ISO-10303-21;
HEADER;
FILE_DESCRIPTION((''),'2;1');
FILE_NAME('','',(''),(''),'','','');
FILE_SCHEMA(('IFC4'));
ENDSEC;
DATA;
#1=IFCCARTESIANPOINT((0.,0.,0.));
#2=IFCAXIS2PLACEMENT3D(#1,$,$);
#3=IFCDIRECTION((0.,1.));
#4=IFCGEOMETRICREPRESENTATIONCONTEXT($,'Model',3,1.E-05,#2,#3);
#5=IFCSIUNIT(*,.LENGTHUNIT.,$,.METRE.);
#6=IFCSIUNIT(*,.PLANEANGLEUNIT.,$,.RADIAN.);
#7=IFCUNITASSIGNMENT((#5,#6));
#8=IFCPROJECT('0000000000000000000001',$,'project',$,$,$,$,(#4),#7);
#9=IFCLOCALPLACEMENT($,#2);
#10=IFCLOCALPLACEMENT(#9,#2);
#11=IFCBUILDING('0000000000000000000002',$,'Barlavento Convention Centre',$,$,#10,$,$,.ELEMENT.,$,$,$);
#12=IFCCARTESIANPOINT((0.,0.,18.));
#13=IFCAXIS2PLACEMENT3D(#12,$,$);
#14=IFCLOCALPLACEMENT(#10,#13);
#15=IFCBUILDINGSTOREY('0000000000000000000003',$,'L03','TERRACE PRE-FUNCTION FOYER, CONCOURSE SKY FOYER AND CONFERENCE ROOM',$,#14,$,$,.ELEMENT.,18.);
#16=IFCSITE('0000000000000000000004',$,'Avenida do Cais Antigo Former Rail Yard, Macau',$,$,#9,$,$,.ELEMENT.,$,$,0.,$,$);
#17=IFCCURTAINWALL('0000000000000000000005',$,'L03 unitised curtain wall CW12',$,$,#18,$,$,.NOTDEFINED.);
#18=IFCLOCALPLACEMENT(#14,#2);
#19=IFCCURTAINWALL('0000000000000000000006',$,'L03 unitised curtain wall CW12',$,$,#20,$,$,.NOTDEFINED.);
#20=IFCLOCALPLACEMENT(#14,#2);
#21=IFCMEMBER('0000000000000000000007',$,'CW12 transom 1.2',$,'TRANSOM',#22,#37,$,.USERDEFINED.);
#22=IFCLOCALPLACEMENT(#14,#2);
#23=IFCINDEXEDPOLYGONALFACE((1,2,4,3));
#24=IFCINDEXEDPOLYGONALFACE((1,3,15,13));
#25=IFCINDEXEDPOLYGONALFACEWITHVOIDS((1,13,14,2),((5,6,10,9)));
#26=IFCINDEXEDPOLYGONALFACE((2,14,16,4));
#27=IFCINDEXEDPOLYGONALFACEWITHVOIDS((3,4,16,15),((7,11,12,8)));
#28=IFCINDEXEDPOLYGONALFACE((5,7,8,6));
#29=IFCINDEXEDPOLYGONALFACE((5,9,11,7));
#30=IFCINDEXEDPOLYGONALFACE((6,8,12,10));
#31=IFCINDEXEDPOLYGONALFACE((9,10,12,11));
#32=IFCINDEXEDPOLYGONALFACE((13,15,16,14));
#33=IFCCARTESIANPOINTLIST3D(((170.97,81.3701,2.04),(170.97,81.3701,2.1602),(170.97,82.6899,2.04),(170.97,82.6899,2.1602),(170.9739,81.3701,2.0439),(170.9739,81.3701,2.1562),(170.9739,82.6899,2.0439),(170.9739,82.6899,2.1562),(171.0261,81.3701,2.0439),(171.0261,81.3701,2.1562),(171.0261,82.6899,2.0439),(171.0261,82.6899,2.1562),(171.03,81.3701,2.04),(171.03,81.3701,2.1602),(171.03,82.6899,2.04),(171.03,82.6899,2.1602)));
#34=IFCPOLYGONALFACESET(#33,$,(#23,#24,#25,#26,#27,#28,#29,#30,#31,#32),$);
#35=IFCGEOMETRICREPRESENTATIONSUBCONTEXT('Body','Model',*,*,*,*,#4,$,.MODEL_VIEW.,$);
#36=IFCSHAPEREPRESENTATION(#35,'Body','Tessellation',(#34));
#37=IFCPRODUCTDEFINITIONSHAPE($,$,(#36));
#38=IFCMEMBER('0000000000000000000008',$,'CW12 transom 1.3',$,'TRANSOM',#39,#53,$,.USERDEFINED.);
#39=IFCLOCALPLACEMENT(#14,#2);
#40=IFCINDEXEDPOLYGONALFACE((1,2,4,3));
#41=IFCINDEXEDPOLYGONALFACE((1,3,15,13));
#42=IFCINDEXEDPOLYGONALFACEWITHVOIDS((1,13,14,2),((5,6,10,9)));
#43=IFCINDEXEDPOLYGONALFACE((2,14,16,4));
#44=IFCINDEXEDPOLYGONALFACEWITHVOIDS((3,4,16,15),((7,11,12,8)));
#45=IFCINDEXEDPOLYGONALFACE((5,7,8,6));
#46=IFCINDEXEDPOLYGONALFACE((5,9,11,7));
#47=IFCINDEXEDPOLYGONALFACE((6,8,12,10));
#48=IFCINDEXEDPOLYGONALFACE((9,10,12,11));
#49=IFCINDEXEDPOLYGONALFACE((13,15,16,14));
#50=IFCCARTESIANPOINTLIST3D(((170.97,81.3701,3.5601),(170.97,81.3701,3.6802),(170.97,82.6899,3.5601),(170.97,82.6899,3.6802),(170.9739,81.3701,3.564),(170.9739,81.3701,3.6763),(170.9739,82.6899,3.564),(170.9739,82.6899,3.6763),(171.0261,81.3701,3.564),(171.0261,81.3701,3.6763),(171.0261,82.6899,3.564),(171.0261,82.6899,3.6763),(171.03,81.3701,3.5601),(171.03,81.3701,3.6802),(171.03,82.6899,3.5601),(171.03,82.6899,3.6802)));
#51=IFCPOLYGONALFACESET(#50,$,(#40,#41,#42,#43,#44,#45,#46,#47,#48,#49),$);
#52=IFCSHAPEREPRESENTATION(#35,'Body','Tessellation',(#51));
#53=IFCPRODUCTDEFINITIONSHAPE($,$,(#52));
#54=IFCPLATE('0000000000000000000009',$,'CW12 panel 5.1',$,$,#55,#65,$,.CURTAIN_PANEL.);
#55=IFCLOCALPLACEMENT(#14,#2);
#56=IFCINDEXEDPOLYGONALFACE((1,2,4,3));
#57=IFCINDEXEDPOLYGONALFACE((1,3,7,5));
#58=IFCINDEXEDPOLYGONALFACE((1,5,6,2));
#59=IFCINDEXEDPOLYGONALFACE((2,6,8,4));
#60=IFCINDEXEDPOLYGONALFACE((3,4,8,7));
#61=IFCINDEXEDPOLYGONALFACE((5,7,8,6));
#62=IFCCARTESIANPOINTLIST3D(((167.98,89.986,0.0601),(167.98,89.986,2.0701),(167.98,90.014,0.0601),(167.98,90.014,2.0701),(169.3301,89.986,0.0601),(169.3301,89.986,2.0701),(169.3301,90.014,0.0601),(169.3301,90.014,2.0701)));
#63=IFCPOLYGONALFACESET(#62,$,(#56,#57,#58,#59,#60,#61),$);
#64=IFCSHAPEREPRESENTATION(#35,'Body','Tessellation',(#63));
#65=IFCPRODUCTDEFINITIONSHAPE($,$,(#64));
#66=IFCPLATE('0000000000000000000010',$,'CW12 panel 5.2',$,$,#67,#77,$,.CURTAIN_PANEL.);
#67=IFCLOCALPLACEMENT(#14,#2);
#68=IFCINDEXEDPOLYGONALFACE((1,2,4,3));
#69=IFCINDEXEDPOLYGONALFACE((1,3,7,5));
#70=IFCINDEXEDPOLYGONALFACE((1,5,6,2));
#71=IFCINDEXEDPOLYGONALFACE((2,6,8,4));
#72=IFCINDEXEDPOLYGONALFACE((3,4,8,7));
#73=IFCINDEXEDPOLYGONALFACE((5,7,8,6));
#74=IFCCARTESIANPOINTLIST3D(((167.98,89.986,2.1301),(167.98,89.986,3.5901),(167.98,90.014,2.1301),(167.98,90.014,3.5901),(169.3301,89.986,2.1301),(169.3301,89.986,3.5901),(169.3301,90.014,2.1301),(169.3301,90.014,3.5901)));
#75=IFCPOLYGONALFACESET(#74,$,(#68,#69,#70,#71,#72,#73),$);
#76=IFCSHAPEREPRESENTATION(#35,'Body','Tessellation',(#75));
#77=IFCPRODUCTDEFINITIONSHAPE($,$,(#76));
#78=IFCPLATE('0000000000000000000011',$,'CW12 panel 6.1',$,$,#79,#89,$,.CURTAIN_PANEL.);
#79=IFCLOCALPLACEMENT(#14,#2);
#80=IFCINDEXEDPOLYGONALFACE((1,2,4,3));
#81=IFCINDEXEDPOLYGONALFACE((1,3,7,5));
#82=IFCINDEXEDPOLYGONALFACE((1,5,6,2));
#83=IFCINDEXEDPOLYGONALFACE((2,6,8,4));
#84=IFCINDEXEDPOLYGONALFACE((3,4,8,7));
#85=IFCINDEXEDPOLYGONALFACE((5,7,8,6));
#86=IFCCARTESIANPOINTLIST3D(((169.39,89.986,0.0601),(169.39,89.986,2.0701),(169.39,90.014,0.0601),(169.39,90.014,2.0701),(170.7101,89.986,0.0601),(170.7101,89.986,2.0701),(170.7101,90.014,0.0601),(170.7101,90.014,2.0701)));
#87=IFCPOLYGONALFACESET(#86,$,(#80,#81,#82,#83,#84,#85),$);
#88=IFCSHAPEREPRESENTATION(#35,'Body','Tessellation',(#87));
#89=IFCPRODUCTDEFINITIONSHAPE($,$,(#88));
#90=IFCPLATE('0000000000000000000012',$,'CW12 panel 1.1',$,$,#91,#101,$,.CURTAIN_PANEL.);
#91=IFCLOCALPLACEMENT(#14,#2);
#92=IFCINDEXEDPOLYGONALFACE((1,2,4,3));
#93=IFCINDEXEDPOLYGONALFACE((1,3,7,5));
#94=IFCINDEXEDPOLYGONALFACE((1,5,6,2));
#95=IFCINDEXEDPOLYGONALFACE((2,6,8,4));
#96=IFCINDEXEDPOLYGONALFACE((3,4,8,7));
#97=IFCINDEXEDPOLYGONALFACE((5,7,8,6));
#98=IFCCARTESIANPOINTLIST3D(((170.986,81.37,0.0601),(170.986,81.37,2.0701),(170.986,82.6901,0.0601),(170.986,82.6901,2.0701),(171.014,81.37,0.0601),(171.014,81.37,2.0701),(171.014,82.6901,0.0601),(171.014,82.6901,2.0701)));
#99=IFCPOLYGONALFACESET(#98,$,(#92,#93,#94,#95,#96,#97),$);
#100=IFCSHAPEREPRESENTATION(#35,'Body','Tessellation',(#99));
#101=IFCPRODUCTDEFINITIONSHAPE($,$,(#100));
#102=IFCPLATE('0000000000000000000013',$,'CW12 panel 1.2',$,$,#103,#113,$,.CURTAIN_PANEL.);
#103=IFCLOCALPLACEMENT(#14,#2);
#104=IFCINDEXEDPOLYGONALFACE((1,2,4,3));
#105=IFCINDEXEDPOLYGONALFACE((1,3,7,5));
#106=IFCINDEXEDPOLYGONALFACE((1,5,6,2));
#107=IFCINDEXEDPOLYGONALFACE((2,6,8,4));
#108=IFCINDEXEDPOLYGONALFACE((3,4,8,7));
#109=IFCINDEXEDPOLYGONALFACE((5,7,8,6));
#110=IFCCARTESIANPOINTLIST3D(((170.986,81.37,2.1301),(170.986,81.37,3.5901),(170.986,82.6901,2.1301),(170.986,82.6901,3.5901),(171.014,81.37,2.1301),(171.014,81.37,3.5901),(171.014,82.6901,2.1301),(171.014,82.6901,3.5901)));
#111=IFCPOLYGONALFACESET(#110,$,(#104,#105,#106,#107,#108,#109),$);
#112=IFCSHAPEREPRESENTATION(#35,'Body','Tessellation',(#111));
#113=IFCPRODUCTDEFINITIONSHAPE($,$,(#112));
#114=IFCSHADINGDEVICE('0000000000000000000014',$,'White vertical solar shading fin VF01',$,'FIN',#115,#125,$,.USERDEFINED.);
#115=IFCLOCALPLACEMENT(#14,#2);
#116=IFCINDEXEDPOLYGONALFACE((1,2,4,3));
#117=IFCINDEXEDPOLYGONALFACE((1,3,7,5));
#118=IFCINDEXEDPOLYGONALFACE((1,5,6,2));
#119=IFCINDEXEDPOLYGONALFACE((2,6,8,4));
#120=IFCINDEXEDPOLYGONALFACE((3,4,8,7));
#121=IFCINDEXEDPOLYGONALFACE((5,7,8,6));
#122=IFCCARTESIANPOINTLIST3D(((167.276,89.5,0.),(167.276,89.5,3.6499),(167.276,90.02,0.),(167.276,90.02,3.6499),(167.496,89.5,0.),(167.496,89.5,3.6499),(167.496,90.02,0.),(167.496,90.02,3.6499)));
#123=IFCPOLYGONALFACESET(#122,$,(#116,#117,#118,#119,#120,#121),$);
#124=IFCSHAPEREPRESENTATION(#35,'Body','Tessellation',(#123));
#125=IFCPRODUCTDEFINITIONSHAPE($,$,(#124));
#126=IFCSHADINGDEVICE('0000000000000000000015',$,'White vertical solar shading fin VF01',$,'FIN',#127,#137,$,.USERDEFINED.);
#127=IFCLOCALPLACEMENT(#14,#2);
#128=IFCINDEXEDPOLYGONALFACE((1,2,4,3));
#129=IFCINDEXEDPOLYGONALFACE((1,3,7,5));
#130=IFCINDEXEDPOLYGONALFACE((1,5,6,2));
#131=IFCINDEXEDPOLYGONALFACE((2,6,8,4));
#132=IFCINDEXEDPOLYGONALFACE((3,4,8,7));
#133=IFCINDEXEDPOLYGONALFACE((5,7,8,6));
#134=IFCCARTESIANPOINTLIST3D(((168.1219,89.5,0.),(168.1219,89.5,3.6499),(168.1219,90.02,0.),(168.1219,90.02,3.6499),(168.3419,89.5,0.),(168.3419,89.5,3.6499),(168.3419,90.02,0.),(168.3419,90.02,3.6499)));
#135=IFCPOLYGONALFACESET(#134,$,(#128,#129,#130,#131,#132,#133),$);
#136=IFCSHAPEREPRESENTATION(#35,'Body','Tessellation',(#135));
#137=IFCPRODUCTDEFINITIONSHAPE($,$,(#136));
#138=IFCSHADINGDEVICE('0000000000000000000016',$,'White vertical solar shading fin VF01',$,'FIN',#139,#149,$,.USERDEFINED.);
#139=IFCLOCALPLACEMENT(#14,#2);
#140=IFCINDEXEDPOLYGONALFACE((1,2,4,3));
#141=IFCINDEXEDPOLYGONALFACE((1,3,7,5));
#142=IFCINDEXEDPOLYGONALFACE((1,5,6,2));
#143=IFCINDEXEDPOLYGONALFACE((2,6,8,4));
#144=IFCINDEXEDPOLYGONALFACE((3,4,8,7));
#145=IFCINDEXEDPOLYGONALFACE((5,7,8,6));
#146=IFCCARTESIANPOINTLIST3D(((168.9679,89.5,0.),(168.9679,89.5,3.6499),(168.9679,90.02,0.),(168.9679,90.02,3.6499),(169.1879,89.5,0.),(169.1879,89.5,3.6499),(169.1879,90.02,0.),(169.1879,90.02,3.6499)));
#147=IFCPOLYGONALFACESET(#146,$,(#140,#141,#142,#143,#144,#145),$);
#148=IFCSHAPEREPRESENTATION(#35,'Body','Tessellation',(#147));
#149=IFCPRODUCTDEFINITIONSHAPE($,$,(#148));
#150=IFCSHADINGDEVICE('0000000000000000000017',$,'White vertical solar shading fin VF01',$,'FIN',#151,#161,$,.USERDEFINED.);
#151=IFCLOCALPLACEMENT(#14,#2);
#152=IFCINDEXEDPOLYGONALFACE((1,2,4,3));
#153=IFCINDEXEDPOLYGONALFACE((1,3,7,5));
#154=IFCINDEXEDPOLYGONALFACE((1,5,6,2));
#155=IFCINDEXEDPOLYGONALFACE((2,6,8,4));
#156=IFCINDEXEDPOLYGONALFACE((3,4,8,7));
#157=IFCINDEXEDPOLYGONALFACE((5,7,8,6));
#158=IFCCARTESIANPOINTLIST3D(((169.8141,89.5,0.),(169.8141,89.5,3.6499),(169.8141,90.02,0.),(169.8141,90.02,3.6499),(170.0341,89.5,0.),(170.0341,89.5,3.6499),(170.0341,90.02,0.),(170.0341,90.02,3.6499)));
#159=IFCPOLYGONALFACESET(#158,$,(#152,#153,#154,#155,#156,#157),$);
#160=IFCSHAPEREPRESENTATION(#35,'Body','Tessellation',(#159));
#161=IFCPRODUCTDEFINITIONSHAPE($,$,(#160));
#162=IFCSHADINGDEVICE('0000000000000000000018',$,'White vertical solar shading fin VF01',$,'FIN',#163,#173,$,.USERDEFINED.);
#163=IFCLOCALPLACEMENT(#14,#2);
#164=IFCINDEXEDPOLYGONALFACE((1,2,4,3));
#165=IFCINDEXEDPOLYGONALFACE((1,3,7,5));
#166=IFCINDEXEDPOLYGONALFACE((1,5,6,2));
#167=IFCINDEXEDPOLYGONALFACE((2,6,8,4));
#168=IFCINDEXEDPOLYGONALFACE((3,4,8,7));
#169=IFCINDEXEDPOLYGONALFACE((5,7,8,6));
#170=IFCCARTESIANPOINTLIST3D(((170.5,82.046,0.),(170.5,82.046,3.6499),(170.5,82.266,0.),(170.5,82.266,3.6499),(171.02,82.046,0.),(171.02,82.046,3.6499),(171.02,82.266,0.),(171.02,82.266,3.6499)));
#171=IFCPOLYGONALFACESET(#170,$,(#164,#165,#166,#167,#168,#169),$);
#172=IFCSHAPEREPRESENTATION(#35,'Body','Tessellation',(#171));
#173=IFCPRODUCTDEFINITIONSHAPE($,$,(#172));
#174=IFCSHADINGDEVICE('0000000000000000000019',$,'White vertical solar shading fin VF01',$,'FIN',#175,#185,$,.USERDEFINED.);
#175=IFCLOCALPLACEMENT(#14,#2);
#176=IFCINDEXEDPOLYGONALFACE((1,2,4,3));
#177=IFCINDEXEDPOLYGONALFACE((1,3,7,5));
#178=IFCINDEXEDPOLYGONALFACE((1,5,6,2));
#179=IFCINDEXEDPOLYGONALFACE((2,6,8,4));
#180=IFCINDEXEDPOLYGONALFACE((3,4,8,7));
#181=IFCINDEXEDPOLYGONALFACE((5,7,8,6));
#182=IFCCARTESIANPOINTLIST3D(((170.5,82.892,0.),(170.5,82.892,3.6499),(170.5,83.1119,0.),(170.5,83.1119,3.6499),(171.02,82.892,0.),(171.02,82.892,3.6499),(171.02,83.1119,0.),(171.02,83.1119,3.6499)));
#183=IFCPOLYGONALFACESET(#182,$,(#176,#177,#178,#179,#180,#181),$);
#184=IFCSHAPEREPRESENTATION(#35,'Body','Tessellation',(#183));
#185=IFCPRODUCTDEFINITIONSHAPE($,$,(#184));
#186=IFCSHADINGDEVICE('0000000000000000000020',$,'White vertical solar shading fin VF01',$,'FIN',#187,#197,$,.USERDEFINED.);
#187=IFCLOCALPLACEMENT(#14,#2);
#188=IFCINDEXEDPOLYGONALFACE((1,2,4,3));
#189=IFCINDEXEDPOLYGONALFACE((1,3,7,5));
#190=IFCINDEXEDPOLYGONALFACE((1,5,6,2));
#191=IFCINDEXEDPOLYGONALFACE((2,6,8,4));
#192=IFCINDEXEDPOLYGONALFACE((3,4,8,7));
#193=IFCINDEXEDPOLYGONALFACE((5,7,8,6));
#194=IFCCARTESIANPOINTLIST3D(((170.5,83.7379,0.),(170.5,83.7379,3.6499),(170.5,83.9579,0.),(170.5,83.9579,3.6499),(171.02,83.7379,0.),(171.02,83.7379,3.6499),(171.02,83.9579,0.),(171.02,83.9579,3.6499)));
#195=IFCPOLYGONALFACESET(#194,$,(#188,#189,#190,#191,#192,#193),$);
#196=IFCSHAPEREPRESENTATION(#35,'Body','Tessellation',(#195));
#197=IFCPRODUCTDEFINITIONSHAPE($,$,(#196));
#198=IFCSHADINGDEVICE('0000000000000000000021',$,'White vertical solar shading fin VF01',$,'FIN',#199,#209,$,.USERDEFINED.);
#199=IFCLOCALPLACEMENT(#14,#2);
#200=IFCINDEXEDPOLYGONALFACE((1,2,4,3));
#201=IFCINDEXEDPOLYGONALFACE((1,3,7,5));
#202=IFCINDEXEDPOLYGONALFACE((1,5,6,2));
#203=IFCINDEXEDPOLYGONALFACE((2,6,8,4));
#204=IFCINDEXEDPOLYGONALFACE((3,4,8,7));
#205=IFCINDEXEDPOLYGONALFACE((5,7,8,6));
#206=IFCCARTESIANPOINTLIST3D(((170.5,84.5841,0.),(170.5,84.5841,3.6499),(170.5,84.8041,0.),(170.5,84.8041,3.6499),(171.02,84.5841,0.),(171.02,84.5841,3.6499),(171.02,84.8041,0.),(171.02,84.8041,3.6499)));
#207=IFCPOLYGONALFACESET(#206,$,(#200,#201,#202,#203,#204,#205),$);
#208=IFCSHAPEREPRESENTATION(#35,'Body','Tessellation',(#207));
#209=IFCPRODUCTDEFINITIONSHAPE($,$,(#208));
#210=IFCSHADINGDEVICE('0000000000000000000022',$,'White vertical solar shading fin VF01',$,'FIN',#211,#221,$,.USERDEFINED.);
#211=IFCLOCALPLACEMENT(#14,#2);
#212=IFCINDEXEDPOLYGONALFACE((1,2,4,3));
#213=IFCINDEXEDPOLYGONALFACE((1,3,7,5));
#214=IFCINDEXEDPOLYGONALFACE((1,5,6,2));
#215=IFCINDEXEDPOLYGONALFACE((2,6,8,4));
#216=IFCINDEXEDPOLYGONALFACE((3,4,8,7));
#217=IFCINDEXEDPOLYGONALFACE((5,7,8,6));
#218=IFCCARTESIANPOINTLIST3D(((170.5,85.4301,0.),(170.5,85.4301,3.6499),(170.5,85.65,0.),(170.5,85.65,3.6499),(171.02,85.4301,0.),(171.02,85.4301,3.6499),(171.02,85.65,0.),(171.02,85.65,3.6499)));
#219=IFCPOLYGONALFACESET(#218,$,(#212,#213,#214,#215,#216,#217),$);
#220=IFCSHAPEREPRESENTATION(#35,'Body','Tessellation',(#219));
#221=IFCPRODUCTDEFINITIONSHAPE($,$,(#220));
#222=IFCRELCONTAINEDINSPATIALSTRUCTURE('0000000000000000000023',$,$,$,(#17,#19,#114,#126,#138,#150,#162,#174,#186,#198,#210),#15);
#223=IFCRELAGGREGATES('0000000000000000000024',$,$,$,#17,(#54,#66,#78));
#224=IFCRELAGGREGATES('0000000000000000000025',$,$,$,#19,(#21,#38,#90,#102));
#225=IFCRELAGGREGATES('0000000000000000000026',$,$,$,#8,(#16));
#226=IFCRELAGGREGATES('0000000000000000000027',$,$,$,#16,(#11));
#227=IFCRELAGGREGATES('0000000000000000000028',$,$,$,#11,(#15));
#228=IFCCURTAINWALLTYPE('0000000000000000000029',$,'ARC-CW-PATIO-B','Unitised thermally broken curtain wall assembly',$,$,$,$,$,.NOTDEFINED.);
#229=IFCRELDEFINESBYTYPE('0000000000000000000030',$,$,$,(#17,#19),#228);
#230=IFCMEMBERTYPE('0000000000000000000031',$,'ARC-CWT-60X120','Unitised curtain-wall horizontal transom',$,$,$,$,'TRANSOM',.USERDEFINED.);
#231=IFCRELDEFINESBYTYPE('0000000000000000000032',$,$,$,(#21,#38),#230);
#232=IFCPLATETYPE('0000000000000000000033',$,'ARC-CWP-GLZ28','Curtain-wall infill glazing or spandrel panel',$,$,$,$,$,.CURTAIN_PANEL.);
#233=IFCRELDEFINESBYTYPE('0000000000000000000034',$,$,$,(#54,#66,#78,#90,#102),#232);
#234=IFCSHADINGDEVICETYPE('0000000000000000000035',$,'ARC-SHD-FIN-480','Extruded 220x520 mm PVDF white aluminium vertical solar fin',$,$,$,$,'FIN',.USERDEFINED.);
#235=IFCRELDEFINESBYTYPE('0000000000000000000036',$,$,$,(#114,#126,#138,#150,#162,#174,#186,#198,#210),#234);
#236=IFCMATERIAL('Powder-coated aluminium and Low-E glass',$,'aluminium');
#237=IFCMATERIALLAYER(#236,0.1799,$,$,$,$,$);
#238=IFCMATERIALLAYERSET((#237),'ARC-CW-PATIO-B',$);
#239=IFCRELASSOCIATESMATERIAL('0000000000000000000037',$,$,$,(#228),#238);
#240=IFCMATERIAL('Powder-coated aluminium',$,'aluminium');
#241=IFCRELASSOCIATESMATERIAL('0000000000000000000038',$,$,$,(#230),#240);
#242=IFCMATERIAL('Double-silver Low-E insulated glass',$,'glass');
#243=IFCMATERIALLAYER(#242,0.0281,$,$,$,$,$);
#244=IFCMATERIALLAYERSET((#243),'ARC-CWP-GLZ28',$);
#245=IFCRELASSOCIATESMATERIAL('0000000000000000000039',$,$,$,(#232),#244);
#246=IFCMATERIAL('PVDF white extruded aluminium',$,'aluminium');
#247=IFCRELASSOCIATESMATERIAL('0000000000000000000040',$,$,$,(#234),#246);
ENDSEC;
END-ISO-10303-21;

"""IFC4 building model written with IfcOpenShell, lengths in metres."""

from ifc_helpers import new_model, si_unit, direction, frame, origin, origin_2d, place, context, subcontext, project, spatial, rectangle, hollow_rectangle, extrude, material, layer, layer_set, material_profile, profile_set, type_object, element, aggregate, save


model = new_model("IFC4")

# Units and contexts
model_context = context("Model", 3, precision=1e-05, world=origin(), true_north=direction((0.0, 1.0)))
body_context = subcontext(model_context, "Body", "Model", "MODEL_VIEW")
ifc_project = project(units=[si_unit("LENGTHUNIT", "METRE"), si_unit("PLANEANGLEUNIT", "RADIAN")], contexts=[model_context])

# Site, building, storey
site_placement = place(None, origin())
site = spatial("IfcSite", under=ifc_project, at=site_placement, Name="Avenida do Cais Antigo Former Rail Yard, Macau", CompositionType="ELEMENT", RefElevation=0.0)
building_placement = place(site_placement, origin())
building = spatial("IfcBuilding", under=site, at=building_placement, Name="Barlavento Convention Centre", CompositionType="ELEMENT")
storey_placement = place(building_placement, frame((0.0, 0.0, 18.0)))
storey = spatial("IfcBuildingStorey", under=building, at=storey_placement, Name="L03", Description="TERRACE PRE-FUNCTION FOYER, CONCOURSE SKY FOYER AND CONFERENCE ROOM", CompositionType="ELEMENT", Elevation=18.0)

# Curtain walls
ifc_material_1 = material(Name="Powder-coated aluminium and Low-E glass", Category="aluminium")
ifc_layer_1 = layer(ifc_material_1, 0.1799)
ifc_layer_set_1 = layer_set([ifc_layer_1], Name="ARC-CW-PATIO-B")
curtain_wall_type = type_object("IfcCurtainWallType", Name="ARC-CW-PATIO-B", Description="Unitised thermally broken curtain wall assembly", PredefinedType="NOTDEFINED", material=ifc_layer_set_1)
curtain_wall_1_placement = place(storey_placement, origin())
curtain_wall_1 = element("IfcCurtainWall", 1, at=curtain_wall_1_placement, inside=storey, type_object=curtain_wall_type, Name="L03 unitised curtain wall CW12", PredefinedType="NOTDEFINED")
ifc_material_2 = material(Name="Powder-coated aluminium", Category="aluminium")
curtain_wall_2_placement = place(storey_placement, origin())
curtain_wall_2 = element("IfcCurtainWall", 2, at=curtain_wall_2_placement, inside=storey, type_object=curtain_wall_type, Name="L03 unitised curtain wall CW12", PredefinedType="NOTDEFINED")

# Members
ifc_material_profile_1 = material_profile(ifc_material_2, hollow_rectangle(XDim=0.0601, YDim=0.1201, WallThickness=0.0039, at=origin_2d()), Name="AL-TRAN 60x120x4")
ifc_profile_set_1 = profile_set([ifc_material_profile_1], Name="Powder-coated aluminium")
member_type_1 = type_object("IfcMemberType", Name="ARC-CWT-60X120", Description="Unitised curtain-wall horizontal transom", ElementType="TRANSOM", PredefinedType="USERDEFINED", material=ifc_profile_set_1)
member_1_placement = place(storey_placement, frame((171.0, 81.3701, 2.1001), z_axis=(0.0, 1.0, 0.0), x_axis=(-1.0, 0.0, 0.0)))
member_1 = element("IfcMember", 3, at=member_1_placement, type_object=member_type_1, Name="CW12 transom 1.2", ObjectType="TRANSOM", PredefinedType="USERDEFINED", context=body_context, shape_type="SweptSolid", body=[
    extrude(hollow_rectangle(XDim=0.0601, YDim=0.1201, WallThickness=0.0039, at=origin_2d()), origin(), (0.0, 0.0, 1.0), 1.3198),
])
member_2_placement = place(storey_placement, frame((171.0, 81.3701, 3.6201), z_axis=(0.0, 1.0, 0.0), x_axis=(-1.0, 0.0, 0.0)))
member_2 = element("IfcMember", 4, at=member_2_placement, type_object=member_type_1, Name="CW12 transom 1.3", ObjectType="TRANSOM", PredefinedType="USERDEFINED", context=body_context, shape_type="SweptSolid", body=[
    extrude(hollow_rectangle(XDim=0.0601, YDim=0.1201, WallThickness=0.0039, at=origin_2d()), origin(), (0.0, 0.0, 1.0), 1.3198),
])

# Plates
ifc_material_3 = material(Name="Double-silver Low-E insulated glass", Category="glass")
ifc_layer_2 = layer(ifc_material_3, 0.0281)
ifc_layer_set_2 = layer_set([ifc_layer_2], Name="ARC-CWP-GLZ28")
plate_type = type_object("IfcPlateType", Name="ARC-CWP-GLZ28", Description="Curtain-wall infill glazing or spandrel panel", PredefinedType="CURTAIN_PANEL", material=ifc_layer_set_2)
plate_1_placement = place(storey_placement, frame((168.655, 90.0, 0.0601), z_axis=(0.0, 0.0, 1.0), x_axis=(1.0, 0.0, 0.0)))
plate_1 = element("IfcPlate", 5, at=plate_1_placement, type_object=plate_type, Name="CW12 panel 5.1", PredefinedType="CURTAIN_PANEL", context=body_context, shape_type="SweptSolid", body=[
    extrude(rectangle(XDim=1.3501, YDim=0.0281, at=origin_2d()), origin(), (0.0, 0.0, 1.0), 2.01),
])
plate_2_placement = place(storey_placement, frame((168.655, 90.0, 2.1301), z_axis=(0.0, 0.0, 1.0), x_axis=(1.0, 0.0, 0.0)))
plate_2 = element("IfcPlate", 6, at=plate_2_placement, type_object=plate_type, Name="CW12 panel 5.2", PredefinedType="CURTAIN_PANEL", context=body_context, shape_type="SweptSolid", body=[
    extrude(rectangle(XDim=1.3501, YDim=0.0281, at=origin_2d()), origin(), (0.0, 0.0, 1.0), 1.46),
])
plate_3_placement = place(storey_placement, frame((170.05, 90.0, 0.0601), z_axis=(0.0, 0.0, 1.0), x_axis=(1.0, 0.0, 0.0)))
plate_3 = element("IfcPlate", 7, at=plate_3_placement, type_object=plate_type, Name="CW12 panel 6.1", PredefinedType="CURTAIN_PANEL", context=body_context, shape_type="SweptSolid", body=[
    extrude(rectangle(XDim=1.3201, YDim=0.0281, at=origin_2d()), origin(), (0.0, 0.0, 1.0), 2.01),
])
aggregate(curtain_wall_1, [plate_1, plate_2, plate_3])
plate_4_placement = place(storey_placement, frame((171.0, 82.03, 0.0601), z_axis=(0.0, 0.0, 1.0), x_axis=(0.0, 1.0, 0.0)))
plate_4 = element("IfcPlate", 8, at=plate_4_placement, type_object=plate_type, Name="CW12 panel 1.1", PredefinedType="CURTAIN_PANEL", context=body_context, shape_type="SweptSolid", body=[
    extrude(rectangle(XDim=1.3201, YDim=0.0281, at=origin_2d()), origin(), (0.0, 0.0, 1.0), 2.01),
])
plate_5_placement = place(storey_placement, frame((171.0, 82.03, 2.1301), z_axis=(0.0, 0.0, 1.0), x_axis=(0.0, 1.0, 0.0)))
plate_5 = element("IfcPlate", 9, at=plate_5_placement, type_object=plate_type, Name="CW12 panel 1.2", PredefinedType="CURTAIN_PANEL", context=body_context, shape_type="SweptSolid", body=[
    extrude(rectangle(XDim=1.3201, YDim=0.0281, at=origin_2d()), origin(), (0.0, 0.0, 1.0), 1.46),
])
aggregate(curtain_wall_2, [member_1, member_2, plate_4, plate_5])

# Shading devices
ifc_material_4 = material(Name="PVDF white extruded aluminium", Category="aluminium")
shading_device_type = type_object("IfcShadingDeviceType", Name="ARC-SHD-FIN-480", Description="Extruded 220x520 mm PVDF white aluminium vertical solar fin", ElementType="FIN", PredefinedType="USERDEFINED", material=ifc_material_4)
for number, where, z_axis, x_axis, name in (
    (10, (167.386, 89.76, 0.0), (0.0, 0.0, 1.0), (1.0, 0.0, 0.0), "White vertical solar shading fin VF01"),
    (11, (168.2319, 89.76, 0.0), (0.0, 0.0, 1.0), (1.0, 0.0, 0.0), "White vertical solar shading fin VF01"),
    (12, (169.0779, 89.76, 0.0), (0.0, 0.0, 1.0), (1.0, 0.0, 0.0), "White vertical solar shading fin VF01"),
    (13, (169.9241, 89.76, 0.0), (0.0, 0.0, 1.0), (1.0, 0.0, 0.0), "White vertical solar shading fin VF01"),
    (14, (170.76, 82.156, 0.0), (0.0, 0.0, 1.0), (0.0, 1.0, 0.0), "White vertical solar shading fin VF01"),
    (15, (170.76, 83.002, 0.0), (0.0, 0.0, 1.0), (0.0, 1.0, 0.0), "White vertical solar shading fin VF01"),
    (16, (170.76, 83.8479, 0.0), (0.0, 0.0, 1.0), (0.0, 1.0, 0.0), "White vertical solar shading fin VF01"),
    (17, (170.76, 84.6941, 0.0), (0.0, 0.0, 1.0), (0.0, 1.0, 0.0), "White vertical solar shading fin VF01"),
    (18, (170.76, 85.54, 0.0), (0.0, 0.0, 1.0), (0.0, 1.0, 0.0), "White vertical solar shading fin VF01"),
):
    element("IfcShadingDevice", number, at=place(storey_placement, frame(where, z_axis=z_axis, x_axis=x_axis)), inside=storey, type_object=shading_device_type, Name=name, ObjectType="FIN", PredefinedType="USERDEFINED", context=body_context, shape_type="SweptSolid", body=[
        extrude(rectangle(XDim=0.22, YDim=0.52, at=origin_2d()), origin(), (0.0, 0.0, 1.0), 3.6499),
    ])

save(model, "model.ifc")
